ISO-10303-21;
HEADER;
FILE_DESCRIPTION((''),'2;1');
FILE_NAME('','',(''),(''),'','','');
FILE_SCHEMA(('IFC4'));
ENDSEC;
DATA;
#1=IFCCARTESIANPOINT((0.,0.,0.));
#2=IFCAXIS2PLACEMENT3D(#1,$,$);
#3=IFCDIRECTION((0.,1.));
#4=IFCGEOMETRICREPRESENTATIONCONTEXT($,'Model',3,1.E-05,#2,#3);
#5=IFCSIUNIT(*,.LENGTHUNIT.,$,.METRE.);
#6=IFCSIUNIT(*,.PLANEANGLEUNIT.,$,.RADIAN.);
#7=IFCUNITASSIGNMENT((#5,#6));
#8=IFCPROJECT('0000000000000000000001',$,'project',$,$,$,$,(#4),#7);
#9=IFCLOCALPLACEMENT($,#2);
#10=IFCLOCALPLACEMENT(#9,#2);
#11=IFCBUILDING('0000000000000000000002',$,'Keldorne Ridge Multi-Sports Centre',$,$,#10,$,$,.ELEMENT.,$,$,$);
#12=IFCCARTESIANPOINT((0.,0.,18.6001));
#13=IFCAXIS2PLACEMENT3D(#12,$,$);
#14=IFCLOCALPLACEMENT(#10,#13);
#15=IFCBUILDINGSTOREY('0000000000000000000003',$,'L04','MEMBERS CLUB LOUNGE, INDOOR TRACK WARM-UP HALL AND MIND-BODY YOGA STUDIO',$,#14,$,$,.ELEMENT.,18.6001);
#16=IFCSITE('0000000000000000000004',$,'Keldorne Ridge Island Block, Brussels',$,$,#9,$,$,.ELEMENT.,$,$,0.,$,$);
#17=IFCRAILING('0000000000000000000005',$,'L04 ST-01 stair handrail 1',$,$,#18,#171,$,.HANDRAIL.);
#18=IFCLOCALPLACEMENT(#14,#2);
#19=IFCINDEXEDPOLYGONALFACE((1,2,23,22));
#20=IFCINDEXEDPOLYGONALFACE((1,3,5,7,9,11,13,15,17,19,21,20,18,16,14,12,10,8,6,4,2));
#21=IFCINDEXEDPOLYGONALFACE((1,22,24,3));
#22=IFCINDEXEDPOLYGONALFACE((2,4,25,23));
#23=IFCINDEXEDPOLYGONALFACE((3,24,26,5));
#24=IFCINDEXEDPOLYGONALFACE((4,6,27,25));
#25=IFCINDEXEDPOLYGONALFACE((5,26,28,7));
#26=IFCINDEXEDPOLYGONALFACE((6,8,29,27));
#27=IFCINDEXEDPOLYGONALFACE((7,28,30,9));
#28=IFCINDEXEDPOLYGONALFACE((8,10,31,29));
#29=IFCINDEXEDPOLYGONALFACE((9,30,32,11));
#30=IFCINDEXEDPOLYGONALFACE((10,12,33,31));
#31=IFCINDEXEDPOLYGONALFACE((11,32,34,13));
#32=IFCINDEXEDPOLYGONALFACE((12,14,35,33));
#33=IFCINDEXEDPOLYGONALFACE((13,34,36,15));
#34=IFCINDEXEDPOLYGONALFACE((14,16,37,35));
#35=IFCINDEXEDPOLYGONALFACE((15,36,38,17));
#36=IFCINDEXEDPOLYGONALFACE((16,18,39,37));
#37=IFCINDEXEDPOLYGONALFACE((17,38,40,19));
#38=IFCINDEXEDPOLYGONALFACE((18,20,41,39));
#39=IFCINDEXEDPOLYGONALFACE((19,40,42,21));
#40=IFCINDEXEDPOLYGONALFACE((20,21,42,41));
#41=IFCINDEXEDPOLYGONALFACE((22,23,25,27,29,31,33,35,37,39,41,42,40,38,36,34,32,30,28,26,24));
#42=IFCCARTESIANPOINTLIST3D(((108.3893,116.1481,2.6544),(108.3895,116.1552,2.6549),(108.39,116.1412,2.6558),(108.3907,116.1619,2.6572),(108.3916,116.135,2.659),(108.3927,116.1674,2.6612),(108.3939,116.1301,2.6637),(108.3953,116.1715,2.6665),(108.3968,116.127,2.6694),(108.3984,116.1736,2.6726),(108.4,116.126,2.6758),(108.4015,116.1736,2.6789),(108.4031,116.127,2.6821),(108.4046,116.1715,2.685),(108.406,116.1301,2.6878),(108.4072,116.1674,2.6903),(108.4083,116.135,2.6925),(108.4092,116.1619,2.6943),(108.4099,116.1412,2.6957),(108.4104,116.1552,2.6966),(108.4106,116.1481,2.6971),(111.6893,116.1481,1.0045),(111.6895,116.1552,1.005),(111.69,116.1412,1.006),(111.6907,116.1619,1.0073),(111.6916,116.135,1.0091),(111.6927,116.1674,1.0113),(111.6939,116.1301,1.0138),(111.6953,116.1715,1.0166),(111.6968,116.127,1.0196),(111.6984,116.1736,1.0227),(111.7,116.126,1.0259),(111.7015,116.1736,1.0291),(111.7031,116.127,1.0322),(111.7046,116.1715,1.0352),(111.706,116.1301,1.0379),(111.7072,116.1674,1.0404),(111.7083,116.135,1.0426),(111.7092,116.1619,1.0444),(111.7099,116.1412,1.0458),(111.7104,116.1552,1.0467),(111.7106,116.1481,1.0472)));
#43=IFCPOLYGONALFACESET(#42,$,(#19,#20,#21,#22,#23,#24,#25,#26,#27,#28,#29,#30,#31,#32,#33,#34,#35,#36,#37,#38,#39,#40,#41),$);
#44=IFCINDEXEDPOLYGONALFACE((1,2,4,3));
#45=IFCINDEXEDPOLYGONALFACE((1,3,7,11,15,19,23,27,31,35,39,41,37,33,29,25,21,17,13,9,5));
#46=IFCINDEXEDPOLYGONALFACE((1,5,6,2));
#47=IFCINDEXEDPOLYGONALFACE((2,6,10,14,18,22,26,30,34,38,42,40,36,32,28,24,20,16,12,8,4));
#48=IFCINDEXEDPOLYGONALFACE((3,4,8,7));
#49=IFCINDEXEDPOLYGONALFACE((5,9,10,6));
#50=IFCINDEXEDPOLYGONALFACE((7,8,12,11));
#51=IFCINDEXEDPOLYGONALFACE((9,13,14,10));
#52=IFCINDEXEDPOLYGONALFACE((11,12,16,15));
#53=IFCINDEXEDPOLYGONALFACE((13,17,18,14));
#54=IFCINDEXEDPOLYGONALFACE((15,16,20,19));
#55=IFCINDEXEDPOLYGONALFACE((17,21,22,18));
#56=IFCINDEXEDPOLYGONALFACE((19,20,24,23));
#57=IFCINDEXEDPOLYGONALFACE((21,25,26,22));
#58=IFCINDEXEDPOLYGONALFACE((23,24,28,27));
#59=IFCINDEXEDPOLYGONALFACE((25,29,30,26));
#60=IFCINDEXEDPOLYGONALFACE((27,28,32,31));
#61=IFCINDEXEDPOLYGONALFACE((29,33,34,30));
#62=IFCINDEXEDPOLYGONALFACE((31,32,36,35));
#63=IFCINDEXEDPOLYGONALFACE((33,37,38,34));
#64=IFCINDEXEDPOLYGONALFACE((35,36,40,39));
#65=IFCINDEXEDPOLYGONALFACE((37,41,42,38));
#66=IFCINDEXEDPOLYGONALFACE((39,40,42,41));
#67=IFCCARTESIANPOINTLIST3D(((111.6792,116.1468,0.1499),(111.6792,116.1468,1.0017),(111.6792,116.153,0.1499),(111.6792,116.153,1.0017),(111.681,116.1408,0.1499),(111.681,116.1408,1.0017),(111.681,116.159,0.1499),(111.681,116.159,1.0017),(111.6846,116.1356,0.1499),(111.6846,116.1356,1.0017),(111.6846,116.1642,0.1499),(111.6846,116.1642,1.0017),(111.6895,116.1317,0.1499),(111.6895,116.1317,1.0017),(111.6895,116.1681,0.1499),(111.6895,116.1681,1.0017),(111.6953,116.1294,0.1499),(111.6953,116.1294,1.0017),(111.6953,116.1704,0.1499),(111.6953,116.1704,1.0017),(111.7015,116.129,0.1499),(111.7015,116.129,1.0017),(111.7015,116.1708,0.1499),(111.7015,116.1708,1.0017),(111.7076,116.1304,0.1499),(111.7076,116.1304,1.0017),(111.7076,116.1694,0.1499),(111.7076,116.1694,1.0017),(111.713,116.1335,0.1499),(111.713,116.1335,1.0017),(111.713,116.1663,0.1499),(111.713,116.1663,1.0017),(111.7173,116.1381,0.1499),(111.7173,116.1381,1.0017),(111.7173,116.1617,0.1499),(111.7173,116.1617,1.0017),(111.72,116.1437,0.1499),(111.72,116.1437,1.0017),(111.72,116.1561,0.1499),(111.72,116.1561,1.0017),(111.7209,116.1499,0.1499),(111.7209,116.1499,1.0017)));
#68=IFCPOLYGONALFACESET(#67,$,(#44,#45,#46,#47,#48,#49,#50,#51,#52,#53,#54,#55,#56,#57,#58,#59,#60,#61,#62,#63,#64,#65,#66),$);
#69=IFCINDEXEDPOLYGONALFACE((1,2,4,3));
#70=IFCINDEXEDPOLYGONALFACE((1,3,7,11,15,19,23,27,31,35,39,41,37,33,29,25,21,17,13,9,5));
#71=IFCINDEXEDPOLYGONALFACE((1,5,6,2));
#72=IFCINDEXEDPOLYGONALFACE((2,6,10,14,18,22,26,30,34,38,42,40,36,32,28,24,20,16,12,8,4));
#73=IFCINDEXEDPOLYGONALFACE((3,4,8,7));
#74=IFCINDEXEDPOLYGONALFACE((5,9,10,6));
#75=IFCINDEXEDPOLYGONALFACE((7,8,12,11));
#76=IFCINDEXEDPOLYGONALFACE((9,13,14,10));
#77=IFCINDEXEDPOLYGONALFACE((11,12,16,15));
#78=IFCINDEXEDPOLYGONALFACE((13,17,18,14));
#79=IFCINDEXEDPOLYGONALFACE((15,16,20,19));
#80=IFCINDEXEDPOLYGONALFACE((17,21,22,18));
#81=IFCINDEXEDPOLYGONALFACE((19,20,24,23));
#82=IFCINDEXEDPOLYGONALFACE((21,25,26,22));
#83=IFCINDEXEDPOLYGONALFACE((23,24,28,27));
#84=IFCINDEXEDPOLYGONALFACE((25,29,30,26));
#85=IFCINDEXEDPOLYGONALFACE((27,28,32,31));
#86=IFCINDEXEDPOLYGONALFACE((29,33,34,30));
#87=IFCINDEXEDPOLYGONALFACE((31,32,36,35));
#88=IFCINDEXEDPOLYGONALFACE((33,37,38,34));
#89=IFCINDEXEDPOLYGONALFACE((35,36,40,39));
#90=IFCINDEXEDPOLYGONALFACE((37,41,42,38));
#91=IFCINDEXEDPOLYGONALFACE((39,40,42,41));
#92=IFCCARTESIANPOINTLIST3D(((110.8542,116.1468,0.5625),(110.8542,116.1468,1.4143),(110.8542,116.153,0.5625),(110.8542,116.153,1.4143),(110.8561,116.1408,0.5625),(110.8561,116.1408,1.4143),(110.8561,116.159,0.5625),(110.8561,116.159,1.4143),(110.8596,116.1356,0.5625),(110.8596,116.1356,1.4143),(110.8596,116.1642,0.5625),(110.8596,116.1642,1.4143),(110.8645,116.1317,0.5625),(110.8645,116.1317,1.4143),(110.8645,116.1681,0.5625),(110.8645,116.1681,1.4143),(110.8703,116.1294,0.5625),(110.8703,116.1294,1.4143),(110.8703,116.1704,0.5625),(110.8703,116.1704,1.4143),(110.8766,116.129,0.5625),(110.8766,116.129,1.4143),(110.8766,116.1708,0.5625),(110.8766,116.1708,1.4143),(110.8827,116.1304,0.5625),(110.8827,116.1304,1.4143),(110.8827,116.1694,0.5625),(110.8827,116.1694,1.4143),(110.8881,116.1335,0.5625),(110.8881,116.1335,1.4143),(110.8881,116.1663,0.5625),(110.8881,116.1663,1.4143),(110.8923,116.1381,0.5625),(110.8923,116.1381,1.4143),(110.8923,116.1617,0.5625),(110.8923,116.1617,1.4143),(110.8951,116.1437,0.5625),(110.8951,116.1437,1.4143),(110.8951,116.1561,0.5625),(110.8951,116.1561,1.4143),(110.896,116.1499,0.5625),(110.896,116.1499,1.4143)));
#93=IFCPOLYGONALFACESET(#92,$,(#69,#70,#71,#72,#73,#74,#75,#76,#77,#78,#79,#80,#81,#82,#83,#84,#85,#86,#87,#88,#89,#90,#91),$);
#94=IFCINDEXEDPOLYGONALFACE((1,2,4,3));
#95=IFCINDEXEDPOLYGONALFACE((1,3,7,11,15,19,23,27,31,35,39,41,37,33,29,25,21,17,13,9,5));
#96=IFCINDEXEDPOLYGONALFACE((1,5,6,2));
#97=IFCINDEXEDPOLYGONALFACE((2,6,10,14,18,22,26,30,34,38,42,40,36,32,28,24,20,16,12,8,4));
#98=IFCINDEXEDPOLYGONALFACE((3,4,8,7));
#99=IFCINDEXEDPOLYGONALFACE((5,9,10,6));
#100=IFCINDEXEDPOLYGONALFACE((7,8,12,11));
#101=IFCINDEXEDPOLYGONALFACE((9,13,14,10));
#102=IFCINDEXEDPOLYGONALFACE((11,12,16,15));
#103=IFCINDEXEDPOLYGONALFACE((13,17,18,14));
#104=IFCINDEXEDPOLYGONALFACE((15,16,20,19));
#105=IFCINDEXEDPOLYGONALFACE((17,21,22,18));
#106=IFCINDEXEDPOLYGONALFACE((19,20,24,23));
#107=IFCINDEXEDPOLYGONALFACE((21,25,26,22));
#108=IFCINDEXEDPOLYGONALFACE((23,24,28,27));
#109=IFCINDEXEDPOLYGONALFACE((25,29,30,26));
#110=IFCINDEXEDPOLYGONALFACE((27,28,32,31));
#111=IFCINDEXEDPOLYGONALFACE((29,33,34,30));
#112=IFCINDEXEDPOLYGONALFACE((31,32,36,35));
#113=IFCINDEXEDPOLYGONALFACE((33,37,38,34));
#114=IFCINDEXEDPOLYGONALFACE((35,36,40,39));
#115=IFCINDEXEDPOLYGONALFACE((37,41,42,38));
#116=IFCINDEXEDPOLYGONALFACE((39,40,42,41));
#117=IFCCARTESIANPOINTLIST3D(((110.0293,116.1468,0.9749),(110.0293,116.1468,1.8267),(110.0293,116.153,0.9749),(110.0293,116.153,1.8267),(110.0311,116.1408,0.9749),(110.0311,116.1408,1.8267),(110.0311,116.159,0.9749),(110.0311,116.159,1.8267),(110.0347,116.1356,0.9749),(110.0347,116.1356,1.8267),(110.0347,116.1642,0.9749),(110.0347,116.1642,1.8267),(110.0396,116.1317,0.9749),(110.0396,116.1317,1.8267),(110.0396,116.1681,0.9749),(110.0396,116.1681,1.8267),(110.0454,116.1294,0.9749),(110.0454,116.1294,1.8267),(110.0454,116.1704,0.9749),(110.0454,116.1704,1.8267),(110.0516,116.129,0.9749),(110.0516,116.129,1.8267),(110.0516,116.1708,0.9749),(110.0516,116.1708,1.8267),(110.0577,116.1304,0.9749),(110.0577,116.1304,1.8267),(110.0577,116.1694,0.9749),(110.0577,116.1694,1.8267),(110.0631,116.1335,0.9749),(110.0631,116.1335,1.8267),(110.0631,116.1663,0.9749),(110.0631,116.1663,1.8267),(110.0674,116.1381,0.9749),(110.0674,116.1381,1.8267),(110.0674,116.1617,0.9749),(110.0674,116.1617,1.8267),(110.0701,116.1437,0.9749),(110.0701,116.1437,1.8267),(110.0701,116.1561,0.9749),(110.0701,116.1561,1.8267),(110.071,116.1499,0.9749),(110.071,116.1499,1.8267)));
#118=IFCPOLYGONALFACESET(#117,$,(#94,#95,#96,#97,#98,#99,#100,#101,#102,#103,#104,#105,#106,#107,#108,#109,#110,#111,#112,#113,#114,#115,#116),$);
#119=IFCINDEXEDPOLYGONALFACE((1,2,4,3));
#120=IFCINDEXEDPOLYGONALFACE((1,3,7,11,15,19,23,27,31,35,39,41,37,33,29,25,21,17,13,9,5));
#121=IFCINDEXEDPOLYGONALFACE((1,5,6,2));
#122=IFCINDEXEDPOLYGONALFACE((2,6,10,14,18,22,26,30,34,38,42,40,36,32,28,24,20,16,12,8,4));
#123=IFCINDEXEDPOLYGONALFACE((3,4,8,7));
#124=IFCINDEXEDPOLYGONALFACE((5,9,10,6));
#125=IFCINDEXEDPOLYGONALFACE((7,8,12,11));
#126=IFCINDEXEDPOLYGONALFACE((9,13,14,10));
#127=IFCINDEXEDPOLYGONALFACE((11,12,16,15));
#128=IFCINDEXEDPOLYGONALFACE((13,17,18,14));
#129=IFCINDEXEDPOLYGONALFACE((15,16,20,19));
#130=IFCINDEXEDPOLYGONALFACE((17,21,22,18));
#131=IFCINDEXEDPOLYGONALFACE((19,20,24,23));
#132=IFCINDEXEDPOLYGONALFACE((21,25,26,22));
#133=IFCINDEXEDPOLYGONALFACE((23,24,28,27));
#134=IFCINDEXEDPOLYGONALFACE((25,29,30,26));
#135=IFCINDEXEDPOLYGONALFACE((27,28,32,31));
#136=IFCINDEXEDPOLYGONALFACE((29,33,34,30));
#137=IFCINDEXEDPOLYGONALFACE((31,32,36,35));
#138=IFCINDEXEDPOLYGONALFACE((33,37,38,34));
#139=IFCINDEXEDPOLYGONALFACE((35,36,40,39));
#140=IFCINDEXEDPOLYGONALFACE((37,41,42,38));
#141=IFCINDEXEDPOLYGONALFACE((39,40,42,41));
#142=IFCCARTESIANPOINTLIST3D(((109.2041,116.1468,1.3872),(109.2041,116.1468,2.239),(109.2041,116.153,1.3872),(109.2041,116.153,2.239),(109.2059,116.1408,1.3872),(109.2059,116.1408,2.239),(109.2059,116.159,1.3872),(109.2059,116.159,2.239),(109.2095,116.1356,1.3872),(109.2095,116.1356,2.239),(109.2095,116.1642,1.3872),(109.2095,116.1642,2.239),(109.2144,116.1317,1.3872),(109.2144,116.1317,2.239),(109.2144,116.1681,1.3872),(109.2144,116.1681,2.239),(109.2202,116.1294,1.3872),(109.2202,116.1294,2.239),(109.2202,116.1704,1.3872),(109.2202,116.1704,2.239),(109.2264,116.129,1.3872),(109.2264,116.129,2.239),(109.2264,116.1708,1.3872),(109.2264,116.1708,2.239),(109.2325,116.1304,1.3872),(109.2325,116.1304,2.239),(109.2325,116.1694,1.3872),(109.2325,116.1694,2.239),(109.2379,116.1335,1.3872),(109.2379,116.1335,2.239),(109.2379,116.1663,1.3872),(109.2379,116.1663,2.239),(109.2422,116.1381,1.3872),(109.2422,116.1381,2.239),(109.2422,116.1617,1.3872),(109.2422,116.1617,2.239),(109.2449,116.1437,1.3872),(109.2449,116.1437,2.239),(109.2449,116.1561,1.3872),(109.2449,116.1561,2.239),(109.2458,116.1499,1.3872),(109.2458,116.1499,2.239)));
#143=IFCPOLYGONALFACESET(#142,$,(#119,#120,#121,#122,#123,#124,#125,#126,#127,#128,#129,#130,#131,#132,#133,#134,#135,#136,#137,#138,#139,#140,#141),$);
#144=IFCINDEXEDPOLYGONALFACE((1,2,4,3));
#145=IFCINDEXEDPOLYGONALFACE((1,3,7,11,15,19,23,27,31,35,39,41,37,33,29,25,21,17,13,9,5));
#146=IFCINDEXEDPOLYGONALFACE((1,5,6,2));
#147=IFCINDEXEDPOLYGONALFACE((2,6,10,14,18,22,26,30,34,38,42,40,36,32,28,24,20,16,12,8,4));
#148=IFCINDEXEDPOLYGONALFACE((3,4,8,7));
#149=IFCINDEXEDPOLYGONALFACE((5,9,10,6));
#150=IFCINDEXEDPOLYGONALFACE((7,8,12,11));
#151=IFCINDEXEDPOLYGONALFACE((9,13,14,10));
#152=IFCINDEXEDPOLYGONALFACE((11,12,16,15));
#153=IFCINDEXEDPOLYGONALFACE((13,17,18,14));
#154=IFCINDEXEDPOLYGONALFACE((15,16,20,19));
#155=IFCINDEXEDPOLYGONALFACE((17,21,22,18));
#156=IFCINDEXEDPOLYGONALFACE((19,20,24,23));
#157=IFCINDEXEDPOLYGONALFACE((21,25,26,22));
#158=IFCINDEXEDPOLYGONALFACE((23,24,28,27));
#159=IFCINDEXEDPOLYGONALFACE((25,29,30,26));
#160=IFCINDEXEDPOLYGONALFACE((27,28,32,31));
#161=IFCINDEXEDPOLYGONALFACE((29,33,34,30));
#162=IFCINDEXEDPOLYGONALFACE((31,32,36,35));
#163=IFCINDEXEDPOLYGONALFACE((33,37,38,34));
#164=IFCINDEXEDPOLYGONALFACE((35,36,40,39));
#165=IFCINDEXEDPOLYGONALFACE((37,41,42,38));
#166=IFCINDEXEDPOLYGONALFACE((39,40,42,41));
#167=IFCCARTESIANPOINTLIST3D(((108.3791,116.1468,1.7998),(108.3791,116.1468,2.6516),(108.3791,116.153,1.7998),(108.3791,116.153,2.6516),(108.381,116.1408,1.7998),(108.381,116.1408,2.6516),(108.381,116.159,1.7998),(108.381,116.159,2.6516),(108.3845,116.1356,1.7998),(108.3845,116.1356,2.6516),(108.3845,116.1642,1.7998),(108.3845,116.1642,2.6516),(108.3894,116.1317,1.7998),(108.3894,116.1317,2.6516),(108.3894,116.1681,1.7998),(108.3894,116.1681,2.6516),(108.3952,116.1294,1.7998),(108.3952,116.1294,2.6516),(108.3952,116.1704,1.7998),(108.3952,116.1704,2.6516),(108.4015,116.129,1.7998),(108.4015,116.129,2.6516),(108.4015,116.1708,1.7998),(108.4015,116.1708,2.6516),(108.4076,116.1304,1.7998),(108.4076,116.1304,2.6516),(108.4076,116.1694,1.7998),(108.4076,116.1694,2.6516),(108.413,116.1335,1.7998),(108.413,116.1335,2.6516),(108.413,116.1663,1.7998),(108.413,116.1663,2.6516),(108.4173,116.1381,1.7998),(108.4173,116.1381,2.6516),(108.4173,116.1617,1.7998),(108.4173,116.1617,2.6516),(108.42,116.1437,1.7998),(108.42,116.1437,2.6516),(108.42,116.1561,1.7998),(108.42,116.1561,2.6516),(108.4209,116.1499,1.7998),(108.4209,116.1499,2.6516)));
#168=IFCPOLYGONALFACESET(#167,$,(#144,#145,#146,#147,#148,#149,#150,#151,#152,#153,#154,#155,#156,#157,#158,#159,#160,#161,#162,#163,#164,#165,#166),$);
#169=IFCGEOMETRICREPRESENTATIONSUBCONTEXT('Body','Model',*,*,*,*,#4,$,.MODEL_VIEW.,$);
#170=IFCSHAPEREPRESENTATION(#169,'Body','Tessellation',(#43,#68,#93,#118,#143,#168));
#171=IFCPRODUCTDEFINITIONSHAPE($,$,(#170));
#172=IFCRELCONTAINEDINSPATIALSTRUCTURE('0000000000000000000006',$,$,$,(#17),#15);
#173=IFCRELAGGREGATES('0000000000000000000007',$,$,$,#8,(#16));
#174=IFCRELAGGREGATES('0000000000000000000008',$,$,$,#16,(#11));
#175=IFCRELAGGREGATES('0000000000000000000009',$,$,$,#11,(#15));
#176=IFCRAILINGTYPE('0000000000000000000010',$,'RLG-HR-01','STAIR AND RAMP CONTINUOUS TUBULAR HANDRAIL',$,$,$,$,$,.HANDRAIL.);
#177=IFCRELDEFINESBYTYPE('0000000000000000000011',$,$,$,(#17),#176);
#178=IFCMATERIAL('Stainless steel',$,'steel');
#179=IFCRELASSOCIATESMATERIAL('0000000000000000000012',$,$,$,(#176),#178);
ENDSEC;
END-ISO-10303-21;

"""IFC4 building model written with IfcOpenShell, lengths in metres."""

from ifc_helpers import new_model, si_unit, direction, frame, origin, origin_2d, place, context, subcontext, project, spatial, circle, extrude, material, type_object, element, save


model = new_model("IFC4")

# Units and contexts
model_context = context("Model", 3, precision=1e-05, world=origin(), true_north=direction((0.0, 1.0)))
body_context = subcontext(model_context, "Body", "Model", "MODEL_VIEW")
ifc_project = project(units=[si_unit("LENGTHUNIT", "METRE"), si_unit("PLANEANGLEUNIT", "RADIAN")], contexts=[model_context])

# Site, building, storey
site_placement = place(None, origin())
site = spatial("IfcSite", under=ifc_project, at=site_placement, Name="Keldorne Ridge Island Block, Brussels", CompositionType="ELEMENT", RefElevation=0.0)
building_placement = place(site_placement, origin())
building = spatial("IfcBuilding", under=site, at=building_placement, Name="Keldorne Ridge Multi-Sports Centre", CompositionType="ELEMENT")
storey_placement = place(building_placement, frame((0.0, 0.0, 18.6001)))
storey = spatial("IfcBuildingStorey", under=building, at=storey_placement, Name="L04", Description="MEMBERS CLUB LOUNGE, INDOOR TRACK WARM-UP HALL AND MIND-BODY YOGA STUDIO", CompositionType="ELEMENT", Elevation=18.6001)

# Shared definitions
ifc_material_1 = material(Name="Stainless steel", Category="steel")

# Railing
railing_type_1 = type_object("IfcRailingType", Name="RLG-HR-01", Description="STAIR AND RAMP CONTINUOUS TUBULAR HANDRAIL", PredefinedType="HANDRAIL", material=ifc_material_1)
railing_1_placement = place(storey_placement, frame((111.7, 116.1499, 0.1499)))
element("IfcRailing", 1, at=railing_1_placement, inside=storey, type_object=railing_type_1, Name="L04 ST-01 stair handrail 1", PredefinedType="HANDRAIL", context=body_context, shape_type="SweptSolid", body=[
    extrude(circle(Radius=0.0239, at=origin_2d()), frame((0.0, 0.0, 0.876), z_axis=(-0.89444, 0.0, 0.447187), x_axis=(0.0, -1.0, 0.0)), (0.0, 0.0, 1.0), 3.6895),
    extrude(circle(Radius=0.021, at=origin_2d()), origin(), (0.0, 0.0, 1.0), 0.8518),
    extrude(circle(Radius=0.021, at=origin_2d()), frame((-0.825, 0.0, 0.4126)), (0.0, 0.0, 1.0), 0.8518),
    extrude(circle(Radius=0.021, at=origin_2d()), frame((-1.6499, 0.0, 0.825)), (0.0, 0.0, 1.0), 0.8518),
    extrude(circle(Radius=0.021, at=origin_2d()), frame((-2.4751, 0.0, 1.2373)), (0.0, 0.0, 1.0), 0.8518),
    extrude(circle(Radius=0.021, at=origin_2d()), frame((-3.3, 0.0, 1.6499)), (0.0, 0.0, 1.0), 0.8518),
])

save(model, "model.ifc")
